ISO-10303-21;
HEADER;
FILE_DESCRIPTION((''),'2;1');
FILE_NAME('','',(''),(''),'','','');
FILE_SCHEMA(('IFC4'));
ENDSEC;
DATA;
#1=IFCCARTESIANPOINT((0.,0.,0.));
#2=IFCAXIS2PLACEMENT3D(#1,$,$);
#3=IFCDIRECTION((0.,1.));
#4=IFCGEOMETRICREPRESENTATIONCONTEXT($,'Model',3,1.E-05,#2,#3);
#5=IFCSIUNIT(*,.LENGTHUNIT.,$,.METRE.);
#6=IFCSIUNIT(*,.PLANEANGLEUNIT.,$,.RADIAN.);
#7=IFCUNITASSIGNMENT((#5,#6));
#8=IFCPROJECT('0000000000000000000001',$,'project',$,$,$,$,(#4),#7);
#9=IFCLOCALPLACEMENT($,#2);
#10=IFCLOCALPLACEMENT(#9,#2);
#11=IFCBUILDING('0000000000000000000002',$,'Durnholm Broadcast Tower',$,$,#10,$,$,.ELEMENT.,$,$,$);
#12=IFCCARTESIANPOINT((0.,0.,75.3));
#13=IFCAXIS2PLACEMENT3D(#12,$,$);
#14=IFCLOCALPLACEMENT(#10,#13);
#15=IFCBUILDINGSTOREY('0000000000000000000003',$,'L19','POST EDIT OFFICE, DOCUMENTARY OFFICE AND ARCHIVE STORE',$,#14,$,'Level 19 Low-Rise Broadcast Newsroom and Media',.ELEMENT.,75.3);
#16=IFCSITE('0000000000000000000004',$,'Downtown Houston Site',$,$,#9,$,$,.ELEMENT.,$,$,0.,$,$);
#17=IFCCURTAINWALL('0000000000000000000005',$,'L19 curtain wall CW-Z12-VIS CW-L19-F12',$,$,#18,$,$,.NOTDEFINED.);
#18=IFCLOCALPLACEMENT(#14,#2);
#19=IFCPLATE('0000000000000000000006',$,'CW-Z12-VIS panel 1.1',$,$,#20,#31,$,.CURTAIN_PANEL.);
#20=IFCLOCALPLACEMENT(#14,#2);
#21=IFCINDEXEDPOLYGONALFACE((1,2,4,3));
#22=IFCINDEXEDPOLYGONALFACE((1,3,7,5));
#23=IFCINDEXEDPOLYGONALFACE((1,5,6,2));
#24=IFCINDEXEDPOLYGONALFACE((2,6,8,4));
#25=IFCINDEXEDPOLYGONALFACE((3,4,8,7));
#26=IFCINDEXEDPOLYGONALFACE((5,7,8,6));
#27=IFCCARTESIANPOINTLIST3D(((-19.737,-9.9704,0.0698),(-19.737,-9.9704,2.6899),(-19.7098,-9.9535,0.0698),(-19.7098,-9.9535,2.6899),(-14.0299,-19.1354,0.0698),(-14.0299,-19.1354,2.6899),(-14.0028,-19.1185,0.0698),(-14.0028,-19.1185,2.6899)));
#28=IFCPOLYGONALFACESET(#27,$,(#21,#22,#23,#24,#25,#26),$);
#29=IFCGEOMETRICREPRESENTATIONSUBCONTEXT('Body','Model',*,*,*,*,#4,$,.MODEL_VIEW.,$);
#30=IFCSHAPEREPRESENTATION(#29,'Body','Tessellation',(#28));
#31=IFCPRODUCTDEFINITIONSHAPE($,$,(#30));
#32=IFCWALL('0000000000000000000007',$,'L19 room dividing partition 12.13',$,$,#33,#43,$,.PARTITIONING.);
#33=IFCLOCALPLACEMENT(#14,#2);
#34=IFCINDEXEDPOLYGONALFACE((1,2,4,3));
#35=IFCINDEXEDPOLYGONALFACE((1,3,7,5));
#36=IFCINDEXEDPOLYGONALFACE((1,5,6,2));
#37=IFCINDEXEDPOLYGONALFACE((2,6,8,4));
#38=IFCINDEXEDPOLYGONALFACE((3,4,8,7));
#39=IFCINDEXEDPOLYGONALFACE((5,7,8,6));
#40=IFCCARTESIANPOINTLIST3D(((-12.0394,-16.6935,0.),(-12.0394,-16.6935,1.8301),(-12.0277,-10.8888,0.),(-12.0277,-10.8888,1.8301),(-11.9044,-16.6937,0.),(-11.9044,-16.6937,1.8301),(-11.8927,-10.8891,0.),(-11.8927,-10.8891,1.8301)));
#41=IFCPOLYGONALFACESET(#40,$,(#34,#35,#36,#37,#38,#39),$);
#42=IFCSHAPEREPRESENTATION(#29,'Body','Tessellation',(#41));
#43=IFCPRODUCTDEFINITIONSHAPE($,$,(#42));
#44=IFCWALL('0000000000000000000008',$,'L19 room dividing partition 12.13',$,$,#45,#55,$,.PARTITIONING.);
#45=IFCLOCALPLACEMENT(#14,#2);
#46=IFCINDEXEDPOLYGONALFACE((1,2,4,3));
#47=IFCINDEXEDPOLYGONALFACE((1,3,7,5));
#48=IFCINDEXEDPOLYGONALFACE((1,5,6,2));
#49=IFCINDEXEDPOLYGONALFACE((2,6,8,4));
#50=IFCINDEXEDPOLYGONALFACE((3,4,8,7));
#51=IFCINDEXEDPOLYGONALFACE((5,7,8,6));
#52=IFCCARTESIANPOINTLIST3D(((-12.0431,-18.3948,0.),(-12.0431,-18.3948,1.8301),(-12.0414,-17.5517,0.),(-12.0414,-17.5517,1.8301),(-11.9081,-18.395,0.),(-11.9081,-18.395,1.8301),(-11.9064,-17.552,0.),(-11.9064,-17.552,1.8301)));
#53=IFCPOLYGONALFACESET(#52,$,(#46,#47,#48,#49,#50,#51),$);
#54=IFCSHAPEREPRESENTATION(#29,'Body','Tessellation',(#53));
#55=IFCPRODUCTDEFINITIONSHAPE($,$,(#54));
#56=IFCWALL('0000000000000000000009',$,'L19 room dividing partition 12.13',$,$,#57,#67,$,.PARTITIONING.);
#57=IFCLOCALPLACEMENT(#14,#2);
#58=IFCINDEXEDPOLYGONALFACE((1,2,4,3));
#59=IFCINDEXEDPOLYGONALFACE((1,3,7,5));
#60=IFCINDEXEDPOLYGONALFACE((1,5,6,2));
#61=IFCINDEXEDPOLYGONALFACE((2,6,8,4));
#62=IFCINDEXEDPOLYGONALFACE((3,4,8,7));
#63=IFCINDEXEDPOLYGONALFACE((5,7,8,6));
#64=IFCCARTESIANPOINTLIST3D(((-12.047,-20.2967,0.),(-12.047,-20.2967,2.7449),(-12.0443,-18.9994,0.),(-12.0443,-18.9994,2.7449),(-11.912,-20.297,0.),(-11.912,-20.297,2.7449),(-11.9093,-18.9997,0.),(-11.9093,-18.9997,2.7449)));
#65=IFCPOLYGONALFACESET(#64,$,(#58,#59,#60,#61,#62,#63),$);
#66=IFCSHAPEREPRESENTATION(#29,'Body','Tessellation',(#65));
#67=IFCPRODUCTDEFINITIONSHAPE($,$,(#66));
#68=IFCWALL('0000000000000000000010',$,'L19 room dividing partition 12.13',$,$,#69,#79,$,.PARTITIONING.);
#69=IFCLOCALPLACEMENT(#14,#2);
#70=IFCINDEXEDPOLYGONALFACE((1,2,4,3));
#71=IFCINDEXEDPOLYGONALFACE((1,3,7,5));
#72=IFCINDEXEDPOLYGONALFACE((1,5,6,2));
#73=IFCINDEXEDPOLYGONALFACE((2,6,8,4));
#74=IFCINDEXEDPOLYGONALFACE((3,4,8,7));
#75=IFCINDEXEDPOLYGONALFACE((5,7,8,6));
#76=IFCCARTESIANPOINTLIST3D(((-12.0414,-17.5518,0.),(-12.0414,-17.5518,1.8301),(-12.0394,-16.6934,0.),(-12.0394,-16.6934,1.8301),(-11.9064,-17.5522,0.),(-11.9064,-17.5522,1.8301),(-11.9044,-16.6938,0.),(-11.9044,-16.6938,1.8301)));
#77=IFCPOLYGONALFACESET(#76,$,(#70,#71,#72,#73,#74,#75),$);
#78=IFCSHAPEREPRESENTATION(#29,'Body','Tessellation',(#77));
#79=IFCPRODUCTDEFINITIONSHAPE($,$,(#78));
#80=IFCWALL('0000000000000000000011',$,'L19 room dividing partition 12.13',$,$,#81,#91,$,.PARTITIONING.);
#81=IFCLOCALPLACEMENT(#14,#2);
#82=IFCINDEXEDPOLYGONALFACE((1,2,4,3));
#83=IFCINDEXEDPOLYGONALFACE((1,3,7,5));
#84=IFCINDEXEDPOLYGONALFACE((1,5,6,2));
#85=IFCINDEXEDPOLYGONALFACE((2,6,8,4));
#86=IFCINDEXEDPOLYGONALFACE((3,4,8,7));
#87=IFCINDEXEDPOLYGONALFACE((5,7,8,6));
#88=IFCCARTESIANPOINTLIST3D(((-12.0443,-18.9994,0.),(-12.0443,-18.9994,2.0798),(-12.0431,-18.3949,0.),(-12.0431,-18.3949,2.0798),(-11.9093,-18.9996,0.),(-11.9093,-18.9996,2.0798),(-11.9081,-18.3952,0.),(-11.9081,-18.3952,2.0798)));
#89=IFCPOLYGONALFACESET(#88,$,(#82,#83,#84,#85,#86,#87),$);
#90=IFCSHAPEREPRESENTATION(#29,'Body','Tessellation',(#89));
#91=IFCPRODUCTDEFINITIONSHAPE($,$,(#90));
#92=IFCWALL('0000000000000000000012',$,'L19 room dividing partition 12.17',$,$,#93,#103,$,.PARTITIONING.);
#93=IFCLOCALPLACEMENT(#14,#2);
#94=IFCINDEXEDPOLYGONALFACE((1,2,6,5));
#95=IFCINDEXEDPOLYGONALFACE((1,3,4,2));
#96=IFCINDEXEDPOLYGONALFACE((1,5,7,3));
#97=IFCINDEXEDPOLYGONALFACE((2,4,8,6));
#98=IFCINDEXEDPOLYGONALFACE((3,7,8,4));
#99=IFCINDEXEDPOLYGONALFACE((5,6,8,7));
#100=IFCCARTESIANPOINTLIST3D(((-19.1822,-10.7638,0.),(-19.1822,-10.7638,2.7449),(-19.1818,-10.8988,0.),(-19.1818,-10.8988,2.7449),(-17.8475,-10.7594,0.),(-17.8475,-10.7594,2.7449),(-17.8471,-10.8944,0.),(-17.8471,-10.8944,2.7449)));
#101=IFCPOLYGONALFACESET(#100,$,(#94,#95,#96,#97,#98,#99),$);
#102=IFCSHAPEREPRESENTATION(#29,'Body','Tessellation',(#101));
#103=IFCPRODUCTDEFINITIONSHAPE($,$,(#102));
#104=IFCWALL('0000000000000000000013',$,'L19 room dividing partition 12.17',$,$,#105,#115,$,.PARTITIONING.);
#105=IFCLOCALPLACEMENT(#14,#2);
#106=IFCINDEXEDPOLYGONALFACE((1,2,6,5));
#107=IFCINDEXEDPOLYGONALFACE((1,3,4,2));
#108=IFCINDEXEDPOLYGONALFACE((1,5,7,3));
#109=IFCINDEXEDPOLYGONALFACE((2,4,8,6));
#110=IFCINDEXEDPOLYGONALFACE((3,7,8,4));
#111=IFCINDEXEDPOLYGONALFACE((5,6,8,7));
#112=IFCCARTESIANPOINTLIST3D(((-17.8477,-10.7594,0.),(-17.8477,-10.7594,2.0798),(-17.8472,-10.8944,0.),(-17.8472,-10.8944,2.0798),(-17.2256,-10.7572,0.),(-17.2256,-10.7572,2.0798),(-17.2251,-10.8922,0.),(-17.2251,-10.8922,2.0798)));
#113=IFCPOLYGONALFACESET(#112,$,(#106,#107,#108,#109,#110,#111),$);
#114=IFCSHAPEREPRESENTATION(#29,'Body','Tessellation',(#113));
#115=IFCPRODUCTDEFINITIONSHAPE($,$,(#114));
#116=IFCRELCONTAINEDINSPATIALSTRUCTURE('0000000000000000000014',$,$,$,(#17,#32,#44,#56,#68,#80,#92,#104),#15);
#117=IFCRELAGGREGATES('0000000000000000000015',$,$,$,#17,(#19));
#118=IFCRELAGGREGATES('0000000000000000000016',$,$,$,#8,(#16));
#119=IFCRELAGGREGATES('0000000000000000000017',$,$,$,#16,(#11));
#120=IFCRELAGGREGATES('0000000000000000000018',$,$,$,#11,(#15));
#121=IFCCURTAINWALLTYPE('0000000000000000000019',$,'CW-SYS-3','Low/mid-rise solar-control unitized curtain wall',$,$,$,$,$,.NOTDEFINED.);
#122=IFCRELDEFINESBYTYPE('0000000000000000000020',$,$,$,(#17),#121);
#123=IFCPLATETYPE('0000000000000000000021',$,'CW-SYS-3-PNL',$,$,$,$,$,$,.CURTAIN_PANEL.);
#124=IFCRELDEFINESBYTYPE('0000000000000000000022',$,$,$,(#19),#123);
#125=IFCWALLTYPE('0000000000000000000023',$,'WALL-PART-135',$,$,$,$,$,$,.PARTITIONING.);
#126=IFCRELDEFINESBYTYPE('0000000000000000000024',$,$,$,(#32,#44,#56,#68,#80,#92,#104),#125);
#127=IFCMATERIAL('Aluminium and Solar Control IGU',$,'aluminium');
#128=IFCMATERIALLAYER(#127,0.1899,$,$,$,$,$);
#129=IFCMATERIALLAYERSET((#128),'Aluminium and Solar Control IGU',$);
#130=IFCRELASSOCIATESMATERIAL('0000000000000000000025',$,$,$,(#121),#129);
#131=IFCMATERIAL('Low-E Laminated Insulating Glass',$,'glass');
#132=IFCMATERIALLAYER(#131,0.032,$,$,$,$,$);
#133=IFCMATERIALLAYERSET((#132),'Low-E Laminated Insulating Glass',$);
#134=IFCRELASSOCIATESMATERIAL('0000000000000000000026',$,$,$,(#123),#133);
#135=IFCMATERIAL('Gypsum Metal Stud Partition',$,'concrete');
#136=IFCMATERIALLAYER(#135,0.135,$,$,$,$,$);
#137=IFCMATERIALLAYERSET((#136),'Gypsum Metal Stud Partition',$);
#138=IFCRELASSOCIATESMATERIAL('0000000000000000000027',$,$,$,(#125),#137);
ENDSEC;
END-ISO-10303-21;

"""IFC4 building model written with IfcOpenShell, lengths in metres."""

from ifc_helpers import new_model, si_unit, direction, frame, frame_2d, origin, origin_2d, place, context, subcontext, project, spatial, rectangle, extrude, source, transform, mapped, material, layer, layer_set, type_object, type_shapes, element, aggregate, save


model = new_model("IFC4")

# Units and contexts
model_context = context("Model", 3, precision=1e-05, world=origin(), true_north=direction((0.0, 1.0)))
body_context = subcontext(model_context, "Body", "Model", "MODEL_VIEW")
ifc_project = project(units=[si_unit("LENGTHUNIT", "METRE"), si_unit("PLANEANGLEUNIT", "RADIAN")], contexts=[model_context])

# Site, building, storey
site_placement = place(None, origin())
site = spatial("IfcSite", under=ifc_project, at=site_placement, Name="Downtown Houston Site", CompositionType="ELEMENT", RefElevation=0.0)
building_placement = place(site_placement, origin())
building = spatial("IfcBuilding", under=site, at=building_placement, Name="Durnholm Broadcast Tower", CompositionType="ELEMENT")
storey_placement = place(building_placement, frame((0.0, 0.0, 75.3)))
storey = spatial("IfcBuildingStorey", under=building, at=storey_placement, Name="L19", Description="POST EDIT OFFICE, DOCUMENTARY OFFICE AND ARCHIVE STORE", LongName="Level 19 Low-Rise Broadcast Newsroom and Media", CompositionType="ELEMENT", Elevation=75.3)

# Curtain wall
ifc_material_1 = material(Name="Aluminium and Solar Control IGU", Category="aluminium")
ifc_layer_1 = layer(ifc_material_1, 0.1899)
ifc_layer_set_1 = layer_set([ifc_layer_1], Name="Aluminium and Solar Control IGU")
curtain_wall_type_1 = type_object("IfcCurtainWallType", Name="CW-SYS-3", Description="Low/mid-rise solar-control unitized curtain wall", PredefinedType="NOTDEFINED", material=ifc_layer_set_1)
curtain_wall_1_placement = place(storey_placement, origin())
curtain_wall_1 = element("IfcCurtainWall", 1, at=curtain_wall_1_placement, inside=storey, type_object=curtain_wall_type_1, Name="L19 curtain wall CW-Z12-VIS CW-L19-F12", PredefinedType="NOTDEFINED")

# Plate
ifc_material_2 = material(Name="Low-E Laminated Insulating Glass", Category="glass")
ifc_layer_2 = layer(ifc_material_2, 0.032)
ifc_layer_set_2 = layer_set([ifc_layer_2], Name="Low-E Laminated Insulating Glass")
plate_type_1 = type_object("IfcPlateType", Name="CW-SYS-3-PNL", PredefinedType="CURTAIN_PANEL", material=ifc_layer_set_2)
shared_shape_1 = source(origin(), body_context, "Body", "SweptSolid", [
    extrude(rectangle(XDim=10.7966, YDim=0.032, at=origin_2d()), origin(), (0.0, 0.0, 1.0), 2.6201),
])
type_shapes(plate_type_1, [shared_shape_1])
plate_1_placement = place(storey_placement, frame((-16.8699, -14.5444, 0.0698), z_axis=(0.0, 0.0, 1.0), x_axis=(-0.528592, 0.848876, 0.0)))
plate_1 = element("IfcPlate", 2, at=plate_1_placement, type_object=plate_type_1, Name="CW-Z12-VIS panel 1.1", PredefinedType="CURTAIN_PANEL", context=body_context, shape_type="MappedRepresentation", body=[
    mapped(shared_shape_1, transform((0.0, 0.0, 0.0), x_axis=(1.0, 0.0, 0.0), y_axis=(0.0, 1.0, 0.0), z_axis=(0.0, 0.0, 1.0), scale=1.0)),
])
aggregate(curtain_wall_1, [plate_1])

# Walls
ifc_material_3 = material(Name="Gypsum Metal Stud Partition", Category="concrete")
ifc_layer_3 = layer(ifc_material_3, 0.135)
ifc_layer_set_3 = layer_set([ifc_layer_3], Name="Gypsum Metal Stud Partition")
wall_type = type_object("IfcWallType", Name="WALL-PART-135", PredefinedType="PARTITIONING", material=ifc_layer_set_3)
wall_1_placement = place(storey_placement, frame((-11.9602, -10.8889, 0.0), z_axis=(0.0, 0.0, 1.0), x_axis=(-0.002019, -0.999998, 0.0)))
element("IfcWall", 3, at=wall_1_placement, inside=storey, type_object=wall_type, Name="L19 room dividing partition 12.13", PredefinedType="PARTITIONING", context=body_context, shape_type="SweptSolid", body=[
    extrude(rectangle(XDim=5.8047, YDim=0.135, at=frame_2d((2.9023, 0.0))), origin(), (0.0, 0.0, 1.0), 1.8301),
])
wall_2_placement = place(storey_placement, frame((-11.9739, -17.552, 0.0), z_axis=(0.0, 0.0, 1.0), x_axis=(-0.002027, -0.999998, 0.0)))
element("IfcWall", 4, at=wall_2_placement, inside=storey, type_object=wall_type, Name="L19 room dividing partition 12.13", PredefinedType="PARTITIONING", context=body_context, shape_type="SweptSolid", body=[
    extrude(rectangle(XDim=0.843, YDim=0.135, at=frame_2d((0.4214, 0.0))), origin(), (0.0, 0.0, 1.0), 1.8301),
])
wall_3_placement = place(storey_placement, frame((-11.9768, -18.9995, 0.0), z_axis=(0.0, 0.0, 1.0), x_axis=(-0.00207, -0.999998, 0.0)))
element("IfcWall", 5, at=wall_3_placement, inside=storey, type_object=wall_type, Name="L19 room dividing partition 12.13", PredefinedType="PARTITIONING", context=body_context, shape_type="SweptSolid", body=[
    extrude(rectangle(XDim=1.2974, YDim=0.135, at=frame_2d((0.6487, 0.0))), origin(), (0.0, 0.0, 1.0), 2.7449),
])
wall_4_placement = place(storey_placement, frame((-11.9719, -16.6936, 0.0), z_axis=(0.0, 0.0, 1.0), x_axis=(-0.002275, -0.999997, 0.0)))
element("IfcWall", 6, at=wall_4_placement, inside=storey, type_object=wall_type, Name="L19 room dividing partition 12.13", PredefinedType="PARTITIONING", context=body_context, shape_type="SweptSolid", body=[
    extrude(rectangle(XDim=0.8584, YDim=0.135, at=frame_2d((0.4292, 0.0))), origin(), (0.0, 0.0, 1.0), 1.8301),
])
wall_5_placement = place(storey_placement, frame((-11.9756, -18.395, 0.0), z_axis=(0.0, 0.0, 1.0), x_axis=(-0.002019, -0.999998, 0.0)))
element("IfcWall", 7, at=wall_5_placement, inside=storey, type_object=wall_type, Name="L19 room dividing partition 12.13", PredefinedType="PARTITIONING", context=body_context, shape_type="SweptSolid", body=[
    extrude(rectangle(XDim=0.6045, YDim=0.135, at=frame_2d((0.3022, 0.0))), origin(), (0.0, 0.0, 1.0), 2.0798),
])
wall_6_placement = place(storey_placement, frame((-19.1821, -10.8313, 0.0), z_axis=(0.0, 0.0, 1.0), x_axis=(0.999995, 0.003292, 0.0)))
element("IfcWall", 8, at=wall_6_placement, inside=storey, type_object=wall_type, Name="L19 room dividing partition 12.17", PredefinedType="PARTITIONING", context=body_context, shape_type="SweptSolid", body=[
    extrude(rectangle(XDim=1.3347, YDim=0.135, at=frame_2d((0.6675, 0.0))), origin(), (0.0, 0.0, 1.0), 2.7449),
])
wall_7_placement = place(storey_placement, frame((-17.8474, -10.8269, 0.0), z_axis=(0.0, 0.0, 1.0), x_axis=(0.999994, 0.003532, 0.0)))
element("IfcWall", 9, at=wall_7_placement, inside=storey, type_object=wall_type, Name="L19 room dividing partition 12.17", PredefinedType="PARTITIONING", context=body_context, shape_type="SweptSolid", body=[
    extrude(rectangle(XDim=0.6221, YDim=0.135, at=frame_2d((0.311, 0.0))), origin(), (0.0, 0.0, 1.0), 2.0798),
])

save(model, "model.ifc")
